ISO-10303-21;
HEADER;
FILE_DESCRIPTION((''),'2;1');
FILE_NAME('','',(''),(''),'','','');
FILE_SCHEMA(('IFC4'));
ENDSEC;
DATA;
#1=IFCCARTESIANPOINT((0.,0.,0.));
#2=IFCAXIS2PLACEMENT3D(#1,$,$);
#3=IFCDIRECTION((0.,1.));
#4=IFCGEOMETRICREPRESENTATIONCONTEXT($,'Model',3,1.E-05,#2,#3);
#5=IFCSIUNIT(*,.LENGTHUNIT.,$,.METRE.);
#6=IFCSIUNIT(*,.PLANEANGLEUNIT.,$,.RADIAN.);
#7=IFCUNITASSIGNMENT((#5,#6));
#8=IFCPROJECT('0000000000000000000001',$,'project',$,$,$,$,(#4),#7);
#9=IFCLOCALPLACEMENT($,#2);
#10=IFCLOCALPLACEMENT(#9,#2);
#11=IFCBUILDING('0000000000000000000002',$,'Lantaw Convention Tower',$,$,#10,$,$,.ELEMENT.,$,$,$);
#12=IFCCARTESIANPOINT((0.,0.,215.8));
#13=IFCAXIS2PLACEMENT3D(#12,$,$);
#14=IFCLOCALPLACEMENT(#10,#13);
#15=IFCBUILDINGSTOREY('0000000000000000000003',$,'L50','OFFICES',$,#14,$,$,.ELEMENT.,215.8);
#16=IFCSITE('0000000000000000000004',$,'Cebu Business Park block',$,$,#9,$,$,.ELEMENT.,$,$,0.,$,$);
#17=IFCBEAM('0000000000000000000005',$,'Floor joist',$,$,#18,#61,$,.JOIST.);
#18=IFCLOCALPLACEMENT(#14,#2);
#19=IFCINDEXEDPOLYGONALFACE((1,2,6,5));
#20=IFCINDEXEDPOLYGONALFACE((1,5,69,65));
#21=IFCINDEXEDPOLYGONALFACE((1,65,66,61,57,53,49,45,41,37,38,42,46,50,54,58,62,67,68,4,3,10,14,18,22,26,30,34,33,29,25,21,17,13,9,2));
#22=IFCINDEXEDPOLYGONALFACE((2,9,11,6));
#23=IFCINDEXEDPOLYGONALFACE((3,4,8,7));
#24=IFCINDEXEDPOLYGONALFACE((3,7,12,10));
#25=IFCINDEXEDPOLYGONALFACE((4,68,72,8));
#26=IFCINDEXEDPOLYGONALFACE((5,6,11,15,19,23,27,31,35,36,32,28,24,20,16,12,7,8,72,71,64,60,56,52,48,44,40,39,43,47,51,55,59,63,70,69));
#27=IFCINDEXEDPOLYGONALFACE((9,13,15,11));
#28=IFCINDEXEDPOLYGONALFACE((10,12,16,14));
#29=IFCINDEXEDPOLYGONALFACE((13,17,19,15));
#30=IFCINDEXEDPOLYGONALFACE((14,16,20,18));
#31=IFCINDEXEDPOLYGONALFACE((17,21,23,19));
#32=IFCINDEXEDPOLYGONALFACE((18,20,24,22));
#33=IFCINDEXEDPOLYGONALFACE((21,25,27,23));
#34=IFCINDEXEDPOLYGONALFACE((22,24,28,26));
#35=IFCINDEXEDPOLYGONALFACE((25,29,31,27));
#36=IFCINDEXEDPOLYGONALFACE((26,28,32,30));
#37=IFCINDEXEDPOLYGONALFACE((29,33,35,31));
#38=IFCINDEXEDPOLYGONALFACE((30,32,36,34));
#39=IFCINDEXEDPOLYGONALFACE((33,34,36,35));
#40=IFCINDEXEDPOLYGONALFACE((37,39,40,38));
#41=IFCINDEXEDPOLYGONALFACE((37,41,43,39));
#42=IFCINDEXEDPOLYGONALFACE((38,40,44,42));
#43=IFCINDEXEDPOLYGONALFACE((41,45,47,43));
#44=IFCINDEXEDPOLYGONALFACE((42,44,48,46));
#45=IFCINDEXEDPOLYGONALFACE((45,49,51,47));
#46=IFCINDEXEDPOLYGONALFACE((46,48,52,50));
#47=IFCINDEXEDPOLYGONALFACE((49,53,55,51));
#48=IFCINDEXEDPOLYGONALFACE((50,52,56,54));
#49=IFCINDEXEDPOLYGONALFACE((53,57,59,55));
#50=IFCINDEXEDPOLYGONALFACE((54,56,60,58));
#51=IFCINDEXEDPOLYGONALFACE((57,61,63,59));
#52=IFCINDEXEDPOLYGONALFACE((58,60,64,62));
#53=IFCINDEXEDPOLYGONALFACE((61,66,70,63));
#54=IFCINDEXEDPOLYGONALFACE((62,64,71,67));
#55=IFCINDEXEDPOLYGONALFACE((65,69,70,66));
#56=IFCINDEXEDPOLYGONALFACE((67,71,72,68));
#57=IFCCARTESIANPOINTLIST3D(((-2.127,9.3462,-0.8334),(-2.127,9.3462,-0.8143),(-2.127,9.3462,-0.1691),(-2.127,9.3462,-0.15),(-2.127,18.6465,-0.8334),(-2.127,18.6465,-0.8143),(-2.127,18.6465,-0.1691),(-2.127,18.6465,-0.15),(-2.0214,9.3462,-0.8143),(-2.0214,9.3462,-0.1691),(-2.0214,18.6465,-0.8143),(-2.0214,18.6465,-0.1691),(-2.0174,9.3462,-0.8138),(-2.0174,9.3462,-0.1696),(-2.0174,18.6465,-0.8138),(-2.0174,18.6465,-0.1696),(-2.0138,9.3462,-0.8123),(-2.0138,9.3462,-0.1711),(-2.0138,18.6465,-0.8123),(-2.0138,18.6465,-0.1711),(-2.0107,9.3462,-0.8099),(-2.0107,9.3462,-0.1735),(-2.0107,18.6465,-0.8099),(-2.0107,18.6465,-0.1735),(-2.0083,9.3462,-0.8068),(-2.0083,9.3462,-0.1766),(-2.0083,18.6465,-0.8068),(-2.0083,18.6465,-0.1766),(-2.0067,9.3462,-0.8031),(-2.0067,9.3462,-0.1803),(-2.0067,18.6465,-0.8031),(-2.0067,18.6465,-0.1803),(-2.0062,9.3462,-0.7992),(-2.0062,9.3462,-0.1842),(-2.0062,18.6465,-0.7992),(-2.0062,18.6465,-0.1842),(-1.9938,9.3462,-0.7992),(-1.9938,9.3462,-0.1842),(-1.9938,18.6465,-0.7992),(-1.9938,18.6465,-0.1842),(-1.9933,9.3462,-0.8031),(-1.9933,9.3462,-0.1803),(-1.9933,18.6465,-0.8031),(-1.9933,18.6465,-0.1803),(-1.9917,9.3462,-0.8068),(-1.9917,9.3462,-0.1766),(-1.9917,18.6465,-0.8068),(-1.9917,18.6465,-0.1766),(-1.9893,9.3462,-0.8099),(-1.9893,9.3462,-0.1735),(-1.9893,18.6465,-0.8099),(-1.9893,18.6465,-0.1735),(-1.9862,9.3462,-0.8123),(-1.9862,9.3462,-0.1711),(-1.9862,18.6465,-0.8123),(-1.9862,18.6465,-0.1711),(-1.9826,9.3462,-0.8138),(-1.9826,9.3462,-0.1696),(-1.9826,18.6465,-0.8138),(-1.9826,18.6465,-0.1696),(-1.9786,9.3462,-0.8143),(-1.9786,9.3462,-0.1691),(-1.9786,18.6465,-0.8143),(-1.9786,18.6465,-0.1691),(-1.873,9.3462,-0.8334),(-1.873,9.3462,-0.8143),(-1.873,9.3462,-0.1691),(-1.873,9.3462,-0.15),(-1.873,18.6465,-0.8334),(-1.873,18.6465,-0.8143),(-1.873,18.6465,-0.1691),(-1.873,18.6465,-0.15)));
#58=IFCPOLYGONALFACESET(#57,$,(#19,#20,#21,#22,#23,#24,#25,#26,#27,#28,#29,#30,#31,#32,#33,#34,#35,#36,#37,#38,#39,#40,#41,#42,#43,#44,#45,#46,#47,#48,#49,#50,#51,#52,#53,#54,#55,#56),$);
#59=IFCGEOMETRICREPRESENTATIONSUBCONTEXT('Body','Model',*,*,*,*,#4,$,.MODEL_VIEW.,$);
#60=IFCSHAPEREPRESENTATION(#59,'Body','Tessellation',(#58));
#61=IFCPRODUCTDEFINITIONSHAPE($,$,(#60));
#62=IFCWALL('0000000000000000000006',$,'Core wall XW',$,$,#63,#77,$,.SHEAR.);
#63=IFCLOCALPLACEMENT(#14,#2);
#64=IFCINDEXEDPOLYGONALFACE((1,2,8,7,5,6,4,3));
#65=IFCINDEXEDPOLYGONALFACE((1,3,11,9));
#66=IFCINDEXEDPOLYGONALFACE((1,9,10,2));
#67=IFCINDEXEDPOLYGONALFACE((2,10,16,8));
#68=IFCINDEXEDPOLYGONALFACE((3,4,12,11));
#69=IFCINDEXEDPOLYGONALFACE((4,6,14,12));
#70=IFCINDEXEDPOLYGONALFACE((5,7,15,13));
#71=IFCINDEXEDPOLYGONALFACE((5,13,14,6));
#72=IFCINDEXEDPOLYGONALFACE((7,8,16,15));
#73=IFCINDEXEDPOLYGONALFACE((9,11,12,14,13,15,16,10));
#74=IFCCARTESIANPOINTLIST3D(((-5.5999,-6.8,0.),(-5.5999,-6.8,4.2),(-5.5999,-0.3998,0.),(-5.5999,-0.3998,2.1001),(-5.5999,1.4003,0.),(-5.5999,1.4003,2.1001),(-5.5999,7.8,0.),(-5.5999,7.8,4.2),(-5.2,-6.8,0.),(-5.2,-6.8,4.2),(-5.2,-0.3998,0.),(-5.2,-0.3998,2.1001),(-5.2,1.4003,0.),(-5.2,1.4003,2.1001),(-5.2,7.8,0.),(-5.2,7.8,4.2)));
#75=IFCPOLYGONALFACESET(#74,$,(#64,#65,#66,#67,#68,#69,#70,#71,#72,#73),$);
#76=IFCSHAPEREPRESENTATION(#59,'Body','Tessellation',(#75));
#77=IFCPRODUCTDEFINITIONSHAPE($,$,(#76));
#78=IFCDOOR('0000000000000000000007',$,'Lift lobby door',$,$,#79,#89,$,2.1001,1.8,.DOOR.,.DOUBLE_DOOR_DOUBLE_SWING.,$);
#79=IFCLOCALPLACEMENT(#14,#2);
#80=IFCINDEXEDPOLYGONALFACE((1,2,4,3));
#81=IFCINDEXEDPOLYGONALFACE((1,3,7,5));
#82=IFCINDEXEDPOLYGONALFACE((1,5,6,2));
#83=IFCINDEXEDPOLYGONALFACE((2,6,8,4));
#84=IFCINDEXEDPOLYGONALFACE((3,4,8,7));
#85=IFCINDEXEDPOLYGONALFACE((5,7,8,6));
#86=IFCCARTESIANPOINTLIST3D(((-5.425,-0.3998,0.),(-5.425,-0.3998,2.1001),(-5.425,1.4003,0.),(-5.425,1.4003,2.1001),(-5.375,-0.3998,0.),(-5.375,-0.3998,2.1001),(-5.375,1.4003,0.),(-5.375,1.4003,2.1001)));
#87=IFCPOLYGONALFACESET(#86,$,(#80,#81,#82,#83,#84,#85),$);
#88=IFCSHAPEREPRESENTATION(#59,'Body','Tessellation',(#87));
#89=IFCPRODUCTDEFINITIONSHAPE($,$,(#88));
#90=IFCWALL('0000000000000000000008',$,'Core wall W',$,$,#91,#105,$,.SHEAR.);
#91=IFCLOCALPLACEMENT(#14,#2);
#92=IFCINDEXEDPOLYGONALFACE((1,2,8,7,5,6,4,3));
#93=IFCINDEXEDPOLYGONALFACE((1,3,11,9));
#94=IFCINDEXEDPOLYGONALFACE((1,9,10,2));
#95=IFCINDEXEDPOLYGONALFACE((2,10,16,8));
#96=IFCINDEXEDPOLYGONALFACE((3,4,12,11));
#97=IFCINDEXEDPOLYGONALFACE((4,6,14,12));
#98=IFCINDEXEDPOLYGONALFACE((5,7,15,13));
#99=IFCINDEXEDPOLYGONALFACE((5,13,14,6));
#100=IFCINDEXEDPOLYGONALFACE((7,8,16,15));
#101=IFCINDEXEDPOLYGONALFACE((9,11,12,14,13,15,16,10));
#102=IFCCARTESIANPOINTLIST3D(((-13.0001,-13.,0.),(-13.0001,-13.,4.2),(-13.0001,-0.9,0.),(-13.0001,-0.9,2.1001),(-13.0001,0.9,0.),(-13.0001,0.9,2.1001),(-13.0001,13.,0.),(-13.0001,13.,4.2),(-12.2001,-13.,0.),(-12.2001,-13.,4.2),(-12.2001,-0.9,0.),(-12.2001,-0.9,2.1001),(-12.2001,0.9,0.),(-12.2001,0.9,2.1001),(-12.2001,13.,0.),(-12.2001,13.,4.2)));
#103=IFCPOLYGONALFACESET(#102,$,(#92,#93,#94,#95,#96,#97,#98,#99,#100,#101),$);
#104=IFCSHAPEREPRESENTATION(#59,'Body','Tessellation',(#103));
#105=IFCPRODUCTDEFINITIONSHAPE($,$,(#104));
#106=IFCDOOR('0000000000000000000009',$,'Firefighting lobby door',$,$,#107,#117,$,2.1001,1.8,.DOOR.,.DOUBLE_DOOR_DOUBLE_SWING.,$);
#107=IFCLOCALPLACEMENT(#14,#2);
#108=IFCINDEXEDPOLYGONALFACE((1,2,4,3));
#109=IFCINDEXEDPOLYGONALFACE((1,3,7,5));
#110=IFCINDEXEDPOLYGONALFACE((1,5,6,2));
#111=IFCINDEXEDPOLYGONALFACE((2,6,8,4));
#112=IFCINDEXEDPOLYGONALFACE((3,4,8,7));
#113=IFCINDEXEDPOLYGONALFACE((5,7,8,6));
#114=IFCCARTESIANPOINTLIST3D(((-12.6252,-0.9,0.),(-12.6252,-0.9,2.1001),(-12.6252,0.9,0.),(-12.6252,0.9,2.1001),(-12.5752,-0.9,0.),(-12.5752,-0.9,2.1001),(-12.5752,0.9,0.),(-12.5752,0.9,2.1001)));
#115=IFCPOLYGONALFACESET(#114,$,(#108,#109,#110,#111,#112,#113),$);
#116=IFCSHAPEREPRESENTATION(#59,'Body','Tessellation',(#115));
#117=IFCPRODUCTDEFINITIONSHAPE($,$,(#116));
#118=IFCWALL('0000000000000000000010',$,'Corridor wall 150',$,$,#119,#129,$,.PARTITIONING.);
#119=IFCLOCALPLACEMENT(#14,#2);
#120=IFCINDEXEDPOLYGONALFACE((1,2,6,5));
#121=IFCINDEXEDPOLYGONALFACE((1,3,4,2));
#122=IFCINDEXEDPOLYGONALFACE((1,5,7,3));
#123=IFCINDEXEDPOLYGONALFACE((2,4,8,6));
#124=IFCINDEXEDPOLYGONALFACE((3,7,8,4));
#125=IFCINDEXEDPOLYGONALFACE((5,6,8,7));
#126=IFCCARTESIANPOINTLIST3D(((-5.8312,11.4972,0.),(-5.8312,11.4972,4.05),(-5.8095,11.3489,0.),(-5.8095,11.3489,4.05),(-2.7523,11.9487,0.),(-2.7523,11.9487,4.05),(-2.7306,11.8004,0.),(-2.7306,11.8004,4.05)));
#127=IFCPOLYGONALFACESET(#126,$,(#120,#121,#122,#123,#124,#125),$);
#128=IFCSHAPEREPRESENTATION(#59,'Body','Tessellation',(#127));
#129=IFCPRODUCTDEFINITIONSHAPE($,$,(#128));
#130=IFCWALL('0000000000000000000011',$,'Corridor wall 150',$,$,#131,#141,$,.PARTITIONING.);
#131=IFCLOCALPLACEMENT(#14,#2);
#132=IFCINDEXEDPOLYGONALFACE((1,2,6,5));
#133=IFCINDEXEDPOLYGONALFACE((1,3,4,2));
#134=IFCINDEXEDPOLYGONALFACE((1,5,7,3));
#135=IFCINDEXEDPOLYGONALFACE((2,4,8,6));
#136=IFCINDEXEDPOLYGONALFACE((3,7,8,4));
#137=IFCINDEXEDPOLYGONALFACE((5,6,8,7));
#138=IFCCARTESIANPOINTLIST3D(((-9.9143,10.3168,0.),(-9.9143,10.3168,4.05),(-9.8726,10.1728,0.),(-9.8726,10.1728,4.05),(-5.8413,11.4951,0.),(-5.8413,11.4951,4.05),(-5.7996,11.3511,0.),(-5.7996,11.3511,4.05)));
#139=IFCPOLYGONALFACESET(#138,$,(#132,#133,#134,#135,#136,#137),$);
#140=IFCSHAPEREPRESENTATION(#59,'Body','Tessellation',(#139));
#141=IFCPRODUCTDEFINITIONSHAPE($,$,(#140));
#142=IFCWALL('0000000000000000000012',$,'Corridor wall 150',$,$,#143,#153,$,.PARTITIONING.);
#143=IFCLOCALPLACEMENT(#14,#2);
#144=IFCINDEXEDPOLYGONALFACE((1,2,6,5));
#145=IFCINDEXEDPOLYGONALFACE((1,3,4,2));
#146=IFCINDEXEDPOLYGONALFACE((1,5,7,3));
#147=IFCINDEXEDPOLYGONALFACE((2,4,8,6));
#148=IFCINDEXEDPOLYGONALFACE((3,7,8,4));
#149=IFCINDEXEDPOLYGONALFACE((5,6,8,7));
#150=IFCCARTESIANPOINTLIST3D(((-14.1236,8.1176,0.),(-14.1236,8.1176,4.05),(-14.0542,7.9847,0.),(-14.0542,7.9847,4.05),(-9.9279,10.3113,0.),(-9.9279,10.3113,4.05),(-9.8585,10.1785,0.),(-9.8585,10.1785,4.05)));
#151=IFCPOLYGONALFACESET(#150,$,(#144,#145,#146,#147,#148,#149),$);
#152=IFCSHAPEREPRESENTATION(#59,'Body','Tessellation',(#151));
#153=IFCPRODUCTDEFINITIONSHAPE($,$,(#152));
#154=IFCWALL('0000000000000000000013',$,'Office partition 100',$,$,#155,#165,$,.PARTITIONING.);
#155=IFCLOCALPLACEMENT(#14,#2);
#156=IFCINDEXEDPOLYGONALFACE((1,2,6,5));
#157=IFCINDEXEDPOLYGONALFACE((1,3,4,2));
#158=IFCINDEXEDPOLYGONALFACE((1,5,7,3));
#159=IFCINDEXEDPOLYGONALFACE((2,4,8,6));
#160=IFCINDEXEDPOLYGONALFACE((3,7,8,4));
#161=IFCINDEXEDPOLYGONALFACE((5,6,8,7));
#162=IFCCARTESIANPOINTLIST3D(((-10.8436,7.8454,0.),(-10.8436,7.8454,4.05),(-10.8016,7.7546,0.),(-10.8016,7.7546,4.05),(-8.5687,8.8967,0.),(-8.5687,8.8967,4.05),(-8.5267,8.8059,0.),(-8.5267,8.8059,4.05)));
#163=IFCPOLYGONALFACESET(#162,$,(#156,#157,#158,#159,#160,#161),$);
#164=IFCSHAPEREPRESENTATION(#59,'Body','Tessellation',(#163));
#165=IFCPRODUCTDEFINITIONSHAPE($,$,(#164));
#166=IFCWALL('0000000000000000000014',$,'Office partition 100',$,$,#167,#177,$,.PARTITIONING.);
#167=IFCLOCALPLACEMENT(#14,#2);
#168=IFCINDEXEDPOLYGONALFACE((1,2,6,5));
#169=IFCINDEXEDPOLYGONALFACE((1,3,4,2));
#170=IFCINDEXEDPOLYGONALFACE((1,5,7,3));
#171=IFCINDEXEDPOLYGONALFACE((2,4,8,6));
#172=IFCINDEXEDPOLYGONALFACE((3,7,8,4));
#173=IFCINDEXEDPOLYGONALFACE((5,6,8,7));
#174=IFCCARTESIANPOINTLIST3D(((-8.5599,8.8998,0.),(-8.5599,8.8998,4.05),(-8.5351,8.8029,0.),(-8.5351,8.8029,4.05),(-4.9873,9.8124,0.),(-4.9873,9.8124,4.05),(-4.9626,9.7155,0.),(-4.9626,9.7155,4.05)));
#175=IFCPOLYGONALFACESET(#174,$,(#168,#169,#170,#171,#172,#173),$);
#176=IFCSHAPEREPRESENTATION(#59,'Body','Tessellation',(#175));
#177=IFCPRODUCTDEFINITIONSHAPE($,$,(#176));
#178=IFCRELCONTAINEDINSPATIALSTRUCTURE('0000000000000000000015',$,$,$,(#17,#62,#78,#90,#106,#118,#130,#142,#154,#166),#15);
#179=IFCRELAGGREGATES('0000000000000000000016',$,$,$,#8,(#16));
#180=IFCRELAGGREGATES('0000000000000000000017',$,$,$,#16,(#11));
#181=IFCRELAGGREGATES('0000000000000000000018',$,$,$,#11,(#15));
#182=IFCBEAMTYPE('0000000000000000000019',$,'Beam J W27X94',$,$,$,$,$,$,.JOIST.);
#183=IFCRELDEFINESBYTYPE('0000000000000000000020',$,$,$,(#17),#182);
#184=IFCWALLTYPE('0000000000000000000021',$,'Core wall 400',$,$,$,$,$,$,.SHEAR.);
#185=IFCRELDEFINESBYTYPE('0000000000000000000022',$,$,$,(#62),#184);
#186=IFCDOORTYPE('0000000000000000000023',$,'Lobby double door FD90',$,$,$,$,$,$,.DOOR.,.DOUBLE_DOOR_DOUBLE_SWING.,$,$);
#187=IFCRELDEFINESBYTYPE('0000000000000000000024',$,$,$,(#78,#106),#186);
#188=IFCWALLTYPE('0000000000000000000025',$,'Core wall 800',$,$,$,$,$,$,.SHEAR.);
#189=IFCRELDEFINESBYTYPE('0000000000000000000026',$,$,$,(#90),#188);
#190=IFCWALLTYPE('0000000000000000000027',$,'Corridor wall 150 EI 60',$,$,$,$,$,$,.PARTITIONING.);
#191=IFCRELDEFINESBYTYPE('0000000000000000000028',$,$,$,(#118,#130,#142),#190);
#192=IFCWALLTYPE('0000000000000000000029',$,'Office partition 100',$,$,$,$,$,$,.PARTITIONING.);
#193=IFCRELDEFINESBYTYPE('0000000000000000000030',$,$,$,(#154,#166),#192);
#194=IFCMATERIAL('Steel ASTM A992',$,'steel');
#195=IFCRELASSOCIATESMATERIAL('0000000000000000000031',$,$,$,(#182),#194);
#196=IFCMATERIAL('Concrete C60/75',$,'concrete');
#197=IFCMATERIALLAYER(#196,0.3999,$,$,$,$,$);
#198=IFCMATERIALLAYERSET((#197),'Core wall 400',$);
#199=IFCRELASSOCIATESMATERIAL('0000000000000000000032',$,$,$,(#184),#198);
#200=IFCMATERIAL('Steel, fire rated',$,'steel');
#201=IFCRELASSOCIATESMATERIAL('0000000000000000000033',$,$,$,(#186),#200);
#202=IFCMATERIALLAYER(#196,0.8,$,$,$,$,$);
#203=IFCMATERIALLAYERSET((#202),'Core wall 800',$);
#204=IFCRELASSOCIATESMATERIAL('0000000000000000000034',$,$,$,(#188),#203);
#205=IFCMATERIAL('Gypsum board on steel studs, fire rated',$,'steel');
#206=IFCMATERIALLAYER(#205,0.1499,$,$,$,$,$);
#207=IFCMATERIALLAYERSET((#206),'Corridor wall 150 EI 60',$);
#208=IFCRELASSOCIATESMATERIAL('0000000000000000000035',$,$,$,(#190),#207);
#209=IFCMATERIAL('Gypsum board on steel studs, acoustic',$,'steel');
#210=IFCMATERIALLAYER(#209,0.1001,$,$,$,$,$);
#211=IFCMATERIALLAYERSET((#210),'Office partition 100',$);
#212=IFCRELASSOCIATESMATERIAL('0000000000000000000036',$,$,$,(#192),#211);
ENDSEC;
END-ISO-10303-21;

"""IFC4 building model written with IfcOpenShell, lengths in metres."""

from ifc_helpers import new_model, si_unit, direction, frame, frame_2d, origin, origin_2d, place, context, subcontext, project, spatial, rectangle, i_section, extrude, material, layer, layer_set, material_profile, profile_set, type_object, element, fill, save


model = new_model("IFC4")

# Units and contexts
model_context = context("Model", 3, precision=1e-05, world=origin(), true_north=direction((0.0, 1.0)))
body_context = subcontext(model_context, "Body", "Model", "MODEL_VIEW")
ifc_project = project(units=[si_unit("LENGTHUNIT", "METRE"), si_unit("PLANEANGLEUNIT", "RADIAN")], contexts=[model_context])

# Site, building, storey
site_placement = place(None, origin())
site = spatial("IfcSite", under=ifc_project, at=site_placement, Name="Cebu Business Park block", CompositionType="ELEMENT", RefElevation=0.0)
building_placement = place(site_placement, origin())
building = spatial("IfcBuilding", under=site, at=building_placement, Name="Lantaw Convention Tower", CompositionType="ELEMENT")
storey_placement = place(building_placement, frame((0.0, 0.0, 215.8)))
storey = spatial("IfcBuildingStorey", under=building, at=storey_placement, Name="L50", Description="OFFICES", CompositionType="ELEMENT", Elevation=215.8)

# Shared definitions
ifc_material_1 = material(Name="Concrete C60/75", Category="concrete")

# Beam
ifc_material_2 = material(Name="Steel ASTM A992", Category="steel")
ifc_material_profile_1 = material_profile(ifc_material_2, i_section(OverallWidth=0.2539, OverallDepth=0.6833, WebThickness=0.0125, FlangeThickness=0.019, FilletRadius=0.0151, at=origin_2d()), Name="W27X94")
ifc_profile_set_1 = profile_set([ifc_material_profile_1], Name="Steel ASTM A992")
beam_type_1 = type_object("IfcBeamType", Name="Beam J W27X94", PredefinedType="JOIST", material=ifc_profile_set_1)
beam_1_placement = place(storey_placement, frame((-2.0, 9.3462, -0.4917), z_axis=(0.0, 1.0, 0.0), x_axis=(-1.0, 0.0, 0.0)))
element("IfcBeam", 1, at=beam_1_placement, inside=storey, type_object=beam_type_1, Name="Floor joist", PredefinedType="JOIST", context=body_context, shape_type="SweptSolid", body=[
    extrude(i_section(OverallWidth=0.2539, OverallDepth=0.6833, WebThickness=0.0125, FlangeThickness=0.019, FilletRadius=0.0151, at=origin_2d()), origin(), (0.0, 0.0, 1.0), 9.3003),
])

# Walls, openings, doors
ifc_layer_1 = layer(ifc_material_1, 0.3999)
ifc_layer_set_1 = layer_set([ifc_layer_1], Name="Core wall 400")
wall_type_1 = type_object("IfcWallType", Name="Core wall 400", PredefinedType="SHEAR", material=ifc_layer_set_1)
wall_1_placement = place(storey_placement, frame((-5.3999, 7.8, 0.0), z_axis=(0.0, 0.0, 1.0), x_axis=(0.0, -1.0, 0.0)))
wall_1 = element("IfcWall", 2, at=wall_1_placement, inside=storey, type_object=wall_type_1, Name="Core wall XW", PredefinedType="SHEAR", context=body_context, shape_type="SweptSolid", body=[
    extrude(rectangle(XDim=14.6001, YDim=0.3999, at=frame_2d((7.3, 0.0))), origin(), (0.0, 0.0, 1.0), 4.2),
])
opening_1_placement = place(wall_1_placement, frame((6.3999, 0.0, 0.0)))
opening_1 = element("IfcOpeningElement", 3, at=opening_1_placement, cuts=wall_1, PredefinedType="OPENING", context=body_context, shape_type="SweptSolid", body=[
    extrude(rectangle(XDim=1.8, YDim=2.1001, at=frame_2d((0.8999, 1.05))), frame((0.0, 0.21, 0.0), z_axis=(0.0, -1.0, 0.0), x_axis=(1.0, 0.0, 0.0)), (0.0, 0.0, 1.0), 0.4199),
])
ifc_material_3 = material(Name="Steel, fire rated", Category="steel")
door_type_1 = type_object("IfcDoorType", Name="Lobby double door FD90", OperationType="DOUBLE_DOOR_DOUBLE_SWING", PredefinedType="DOOR", material=ifc_material_3)
door_1_placement = place(opening_1_placement, origin())
door_1 = element("IfcDoor", 4, at=door_1_placement, inside=storey, type_object=door_type_1, Name="Lift lobby door", OperationType="DOUBLE_DOOR_DOUBLE_SWING", OverallHeight=2.1001, OverallWidth=1.8, PredefinedType="DOOR", context=body_context, shape_type="SweptSolid", body=[
    extrude(rectangle(XDim=1.8, YDim=2.1001, at=frame_2d((0.8999, 1.05))), frame((0.0, 0.0249, 0.0), z_axis=(0.0, -1.0, 0.0), x_axis=(1.0, 0.0, 0.0)), (0.0, 0.0, 1.0), 0.05),
])
fill(opening_1, door_1)
ifc_layer_2 = layer(ifc_material_1, 0.8)
ifc_layer_set_2 = layer_set([ifc_layer_2], Name="Core wall 800")
wall_type_2 = type_object("IfcWallType", Name="Core wall 800", PredefinedType="SHEAR", material=ifc_layer_set_2)
wall_2_placement = place(storey_placement, frame((-12.6001, 13.0, 0.0), z_axis=(0.0, 0.0, 1.0), x_axis=(0.0, -1.0, 0.0)))
wall_2 = element("IfcWall", 5, at=wall_2_placement, inside=storey, type_object=wall_type_2, Name="Core wall W", PredefinedType="SHEAR", context=body_context, shape_type="SweptSolid", body=[
    extrude(rectangle(XDim=26.0, YDim=0.8, at=frame_2d((13.0, 0.0))), origin(), (0.0, 0.0, 1.0), 4.2),
])
opening_2_placement = place(wall_2_placement, frame((12.1001, 0.0, 0.0)))
opening_2 = element("IfcOpeningElement", 6, at=opening_2_placement, cuts=wall_2, PredefinedType="OPENING", context=body_context, shape_type="SweptSolid", body=[
    extrude(rectangle(XDim=1.8, YDim=2.1001, at=frame_2d((0.8999, 1.05))), frame((0.0, 0.4099, 0.0), z_axis=(0.0, -1.0, 0.0), x_axis=(1.0, 0.0, 0.0)), (0.0, 0.0, 1.0), 0.8201),
])
door_2_placement = place(opening_2_placement, origin())
door_2 = element("IfcDoor", 7, at=door_2_placement, inside=storey, type_object=door_type_1, Name="Firefighting lobby door", OperationType="DOUBLE_DOOR_DOUBLE_SWING", OverallHeight=2.1001, OverallWidth=1.8, PredefinedType="DOOR", context=body_context, shape_type="SweptSolid", body=[
    extrude(rectangle(XDim=1.8, YDim=2.1001, at=frame_2d((0.8999, 1.05))), frame((0.0, 0.0249, 0.0), z_axis=(0.0, -1.0, 0.0), x_axis=(1.0, 0.0, 0.0)), (0.0, 0.0, 1.0), 0.05),
])
fill(opening_2, door_2)

# Walls
ifc_material_4 = material(Name="Gypsum board on steel studs, fire rated", Category="steel")
ifc_layer_3 = layer(ifc_material_4, 0.1499)
ifc_layer_set_3 = layer_set([ifc_layer_3], Name="Corridor wall 150 EI 60")
wall_type_3 = type_object("IfcWallType", Name="Corridor wall 150 EI 60", PredefinedType="PARTITIONING", material=ifc_layer_set_3)
wall_3_placement = place(storey_placement, frame((-2.7415, 11.8745, 0.0), z_axis=(0.0, 0.0, 1.0), x_axis=(-0.989422, -0.145067, 0.0)))
element("IfcWall", 8, at=wall_3_placement, inside=storey, type_object=wall_type_3, Name="Corridor wall 150", PredefinedType="PARTITIONING", context=body_context, shape_type="SweptSolid", body=[
    extrude(rectangle(XDim=3.1118, YDim=0.1499, at=frame_2d((1.5559, 0.0))), origin(), (0.0, 0.0, 1.0), 4.05),
])
wall_4_placement = place(storey_placement, frame((-5.8203, 11.4231, 0.0), z_axis=(0.0, 0.0, 1.0), x_axis=(-0.960615, -0.277883, 0.0)))
element("IfcWall", 9, at=wall_4_placement, inside=storey, type_object=wall_type_3, Name="Corridor wall 150", PredefinedType="PARTITIONING", context=body_context, shape_type="SweptSolid", body=[
    extrude(rectangle(XDim=4.24, YDim=0.1499, at=frame_2d((2.1201, 0.0))), origin(), (0.0, 0.0, 1.0), 4.05),
])
wall_5_placement = place(storey_placement, frame((-9.8933, 10.2449, 0.0), z_axis=(0.0, 0.0, 1.0), x_axis=(-0.886174, -0.463352, 0.0)))
element("IfcWall", 10, at=wall_5_placement, inside=storey, type_object=wall_type_3, Name="Corridor wall 150", PredefinedType="PARTITIONING", context=body_context, shape_type="SweptSolid", body=[
    extrude(rectangle(XDim=4.7346, YDim=0.1499, at=frame_2d((2.3672, 0.0))), origin(), (0.0, 0.0, 1.0), 4.05),
])
ifc_material_5 = material(Name="Gypsum board on steel studs, acoustic", Category="steel")
ifc_layer_4 = layer(ifc_material_5, 0.1001)
ifc_layer_set_4 = layer_set([ifc_layer_4], Name="Office partition 100")
wall_type_4 = type_object("IfcWallType", Name="Office partition 100", PredefinedType="PARTITIONING", material=ifc_layer_set_4)
wall_6_placement = place(storey_placement, frame((-10.8225, 7.8, 0.0), z_axis=(0.0, 0.0, 1.0), x_axis=(0.90776, 0.419491, 0.0)))
element("IfcWall", 11, at=wall_6_placement, inside=storey, type_object=wall_type_4, Name="Office partition 100", PredefinedType="PARTITIONING", context=body_context, shape_type="SweptSolid", body=[
    extrude(rectangle(XDim=2.5061, YDim=0.1001, at=frame_2d((1.2529, 0.0))), origin(), (0.0, 0.0, 1.0), 4.05),
])
wall_7_placement = place(storey_placement, frame((-8.5476, 8.8513, 0.0), z_axis=(0.0, 0.0, 1.0), x_axis=(0.968887, 0.247502, 0.0)))
element("IfcWall", 12, at=wall_7_placement, inside=storey, type_object=wall_type_4, Name="Office partition 100", PredefinedType="PARTITIONING", context=body_context, shape_type="SweptSolid", body=[
    extrude(rectangle(XDim=3.6873, YDim=0.1001, at=frame_2d((1.8438, 0.0))), origin(), (0.0, 0.0, 1.0), 4.05),
])

save(model, "model.ifc")
